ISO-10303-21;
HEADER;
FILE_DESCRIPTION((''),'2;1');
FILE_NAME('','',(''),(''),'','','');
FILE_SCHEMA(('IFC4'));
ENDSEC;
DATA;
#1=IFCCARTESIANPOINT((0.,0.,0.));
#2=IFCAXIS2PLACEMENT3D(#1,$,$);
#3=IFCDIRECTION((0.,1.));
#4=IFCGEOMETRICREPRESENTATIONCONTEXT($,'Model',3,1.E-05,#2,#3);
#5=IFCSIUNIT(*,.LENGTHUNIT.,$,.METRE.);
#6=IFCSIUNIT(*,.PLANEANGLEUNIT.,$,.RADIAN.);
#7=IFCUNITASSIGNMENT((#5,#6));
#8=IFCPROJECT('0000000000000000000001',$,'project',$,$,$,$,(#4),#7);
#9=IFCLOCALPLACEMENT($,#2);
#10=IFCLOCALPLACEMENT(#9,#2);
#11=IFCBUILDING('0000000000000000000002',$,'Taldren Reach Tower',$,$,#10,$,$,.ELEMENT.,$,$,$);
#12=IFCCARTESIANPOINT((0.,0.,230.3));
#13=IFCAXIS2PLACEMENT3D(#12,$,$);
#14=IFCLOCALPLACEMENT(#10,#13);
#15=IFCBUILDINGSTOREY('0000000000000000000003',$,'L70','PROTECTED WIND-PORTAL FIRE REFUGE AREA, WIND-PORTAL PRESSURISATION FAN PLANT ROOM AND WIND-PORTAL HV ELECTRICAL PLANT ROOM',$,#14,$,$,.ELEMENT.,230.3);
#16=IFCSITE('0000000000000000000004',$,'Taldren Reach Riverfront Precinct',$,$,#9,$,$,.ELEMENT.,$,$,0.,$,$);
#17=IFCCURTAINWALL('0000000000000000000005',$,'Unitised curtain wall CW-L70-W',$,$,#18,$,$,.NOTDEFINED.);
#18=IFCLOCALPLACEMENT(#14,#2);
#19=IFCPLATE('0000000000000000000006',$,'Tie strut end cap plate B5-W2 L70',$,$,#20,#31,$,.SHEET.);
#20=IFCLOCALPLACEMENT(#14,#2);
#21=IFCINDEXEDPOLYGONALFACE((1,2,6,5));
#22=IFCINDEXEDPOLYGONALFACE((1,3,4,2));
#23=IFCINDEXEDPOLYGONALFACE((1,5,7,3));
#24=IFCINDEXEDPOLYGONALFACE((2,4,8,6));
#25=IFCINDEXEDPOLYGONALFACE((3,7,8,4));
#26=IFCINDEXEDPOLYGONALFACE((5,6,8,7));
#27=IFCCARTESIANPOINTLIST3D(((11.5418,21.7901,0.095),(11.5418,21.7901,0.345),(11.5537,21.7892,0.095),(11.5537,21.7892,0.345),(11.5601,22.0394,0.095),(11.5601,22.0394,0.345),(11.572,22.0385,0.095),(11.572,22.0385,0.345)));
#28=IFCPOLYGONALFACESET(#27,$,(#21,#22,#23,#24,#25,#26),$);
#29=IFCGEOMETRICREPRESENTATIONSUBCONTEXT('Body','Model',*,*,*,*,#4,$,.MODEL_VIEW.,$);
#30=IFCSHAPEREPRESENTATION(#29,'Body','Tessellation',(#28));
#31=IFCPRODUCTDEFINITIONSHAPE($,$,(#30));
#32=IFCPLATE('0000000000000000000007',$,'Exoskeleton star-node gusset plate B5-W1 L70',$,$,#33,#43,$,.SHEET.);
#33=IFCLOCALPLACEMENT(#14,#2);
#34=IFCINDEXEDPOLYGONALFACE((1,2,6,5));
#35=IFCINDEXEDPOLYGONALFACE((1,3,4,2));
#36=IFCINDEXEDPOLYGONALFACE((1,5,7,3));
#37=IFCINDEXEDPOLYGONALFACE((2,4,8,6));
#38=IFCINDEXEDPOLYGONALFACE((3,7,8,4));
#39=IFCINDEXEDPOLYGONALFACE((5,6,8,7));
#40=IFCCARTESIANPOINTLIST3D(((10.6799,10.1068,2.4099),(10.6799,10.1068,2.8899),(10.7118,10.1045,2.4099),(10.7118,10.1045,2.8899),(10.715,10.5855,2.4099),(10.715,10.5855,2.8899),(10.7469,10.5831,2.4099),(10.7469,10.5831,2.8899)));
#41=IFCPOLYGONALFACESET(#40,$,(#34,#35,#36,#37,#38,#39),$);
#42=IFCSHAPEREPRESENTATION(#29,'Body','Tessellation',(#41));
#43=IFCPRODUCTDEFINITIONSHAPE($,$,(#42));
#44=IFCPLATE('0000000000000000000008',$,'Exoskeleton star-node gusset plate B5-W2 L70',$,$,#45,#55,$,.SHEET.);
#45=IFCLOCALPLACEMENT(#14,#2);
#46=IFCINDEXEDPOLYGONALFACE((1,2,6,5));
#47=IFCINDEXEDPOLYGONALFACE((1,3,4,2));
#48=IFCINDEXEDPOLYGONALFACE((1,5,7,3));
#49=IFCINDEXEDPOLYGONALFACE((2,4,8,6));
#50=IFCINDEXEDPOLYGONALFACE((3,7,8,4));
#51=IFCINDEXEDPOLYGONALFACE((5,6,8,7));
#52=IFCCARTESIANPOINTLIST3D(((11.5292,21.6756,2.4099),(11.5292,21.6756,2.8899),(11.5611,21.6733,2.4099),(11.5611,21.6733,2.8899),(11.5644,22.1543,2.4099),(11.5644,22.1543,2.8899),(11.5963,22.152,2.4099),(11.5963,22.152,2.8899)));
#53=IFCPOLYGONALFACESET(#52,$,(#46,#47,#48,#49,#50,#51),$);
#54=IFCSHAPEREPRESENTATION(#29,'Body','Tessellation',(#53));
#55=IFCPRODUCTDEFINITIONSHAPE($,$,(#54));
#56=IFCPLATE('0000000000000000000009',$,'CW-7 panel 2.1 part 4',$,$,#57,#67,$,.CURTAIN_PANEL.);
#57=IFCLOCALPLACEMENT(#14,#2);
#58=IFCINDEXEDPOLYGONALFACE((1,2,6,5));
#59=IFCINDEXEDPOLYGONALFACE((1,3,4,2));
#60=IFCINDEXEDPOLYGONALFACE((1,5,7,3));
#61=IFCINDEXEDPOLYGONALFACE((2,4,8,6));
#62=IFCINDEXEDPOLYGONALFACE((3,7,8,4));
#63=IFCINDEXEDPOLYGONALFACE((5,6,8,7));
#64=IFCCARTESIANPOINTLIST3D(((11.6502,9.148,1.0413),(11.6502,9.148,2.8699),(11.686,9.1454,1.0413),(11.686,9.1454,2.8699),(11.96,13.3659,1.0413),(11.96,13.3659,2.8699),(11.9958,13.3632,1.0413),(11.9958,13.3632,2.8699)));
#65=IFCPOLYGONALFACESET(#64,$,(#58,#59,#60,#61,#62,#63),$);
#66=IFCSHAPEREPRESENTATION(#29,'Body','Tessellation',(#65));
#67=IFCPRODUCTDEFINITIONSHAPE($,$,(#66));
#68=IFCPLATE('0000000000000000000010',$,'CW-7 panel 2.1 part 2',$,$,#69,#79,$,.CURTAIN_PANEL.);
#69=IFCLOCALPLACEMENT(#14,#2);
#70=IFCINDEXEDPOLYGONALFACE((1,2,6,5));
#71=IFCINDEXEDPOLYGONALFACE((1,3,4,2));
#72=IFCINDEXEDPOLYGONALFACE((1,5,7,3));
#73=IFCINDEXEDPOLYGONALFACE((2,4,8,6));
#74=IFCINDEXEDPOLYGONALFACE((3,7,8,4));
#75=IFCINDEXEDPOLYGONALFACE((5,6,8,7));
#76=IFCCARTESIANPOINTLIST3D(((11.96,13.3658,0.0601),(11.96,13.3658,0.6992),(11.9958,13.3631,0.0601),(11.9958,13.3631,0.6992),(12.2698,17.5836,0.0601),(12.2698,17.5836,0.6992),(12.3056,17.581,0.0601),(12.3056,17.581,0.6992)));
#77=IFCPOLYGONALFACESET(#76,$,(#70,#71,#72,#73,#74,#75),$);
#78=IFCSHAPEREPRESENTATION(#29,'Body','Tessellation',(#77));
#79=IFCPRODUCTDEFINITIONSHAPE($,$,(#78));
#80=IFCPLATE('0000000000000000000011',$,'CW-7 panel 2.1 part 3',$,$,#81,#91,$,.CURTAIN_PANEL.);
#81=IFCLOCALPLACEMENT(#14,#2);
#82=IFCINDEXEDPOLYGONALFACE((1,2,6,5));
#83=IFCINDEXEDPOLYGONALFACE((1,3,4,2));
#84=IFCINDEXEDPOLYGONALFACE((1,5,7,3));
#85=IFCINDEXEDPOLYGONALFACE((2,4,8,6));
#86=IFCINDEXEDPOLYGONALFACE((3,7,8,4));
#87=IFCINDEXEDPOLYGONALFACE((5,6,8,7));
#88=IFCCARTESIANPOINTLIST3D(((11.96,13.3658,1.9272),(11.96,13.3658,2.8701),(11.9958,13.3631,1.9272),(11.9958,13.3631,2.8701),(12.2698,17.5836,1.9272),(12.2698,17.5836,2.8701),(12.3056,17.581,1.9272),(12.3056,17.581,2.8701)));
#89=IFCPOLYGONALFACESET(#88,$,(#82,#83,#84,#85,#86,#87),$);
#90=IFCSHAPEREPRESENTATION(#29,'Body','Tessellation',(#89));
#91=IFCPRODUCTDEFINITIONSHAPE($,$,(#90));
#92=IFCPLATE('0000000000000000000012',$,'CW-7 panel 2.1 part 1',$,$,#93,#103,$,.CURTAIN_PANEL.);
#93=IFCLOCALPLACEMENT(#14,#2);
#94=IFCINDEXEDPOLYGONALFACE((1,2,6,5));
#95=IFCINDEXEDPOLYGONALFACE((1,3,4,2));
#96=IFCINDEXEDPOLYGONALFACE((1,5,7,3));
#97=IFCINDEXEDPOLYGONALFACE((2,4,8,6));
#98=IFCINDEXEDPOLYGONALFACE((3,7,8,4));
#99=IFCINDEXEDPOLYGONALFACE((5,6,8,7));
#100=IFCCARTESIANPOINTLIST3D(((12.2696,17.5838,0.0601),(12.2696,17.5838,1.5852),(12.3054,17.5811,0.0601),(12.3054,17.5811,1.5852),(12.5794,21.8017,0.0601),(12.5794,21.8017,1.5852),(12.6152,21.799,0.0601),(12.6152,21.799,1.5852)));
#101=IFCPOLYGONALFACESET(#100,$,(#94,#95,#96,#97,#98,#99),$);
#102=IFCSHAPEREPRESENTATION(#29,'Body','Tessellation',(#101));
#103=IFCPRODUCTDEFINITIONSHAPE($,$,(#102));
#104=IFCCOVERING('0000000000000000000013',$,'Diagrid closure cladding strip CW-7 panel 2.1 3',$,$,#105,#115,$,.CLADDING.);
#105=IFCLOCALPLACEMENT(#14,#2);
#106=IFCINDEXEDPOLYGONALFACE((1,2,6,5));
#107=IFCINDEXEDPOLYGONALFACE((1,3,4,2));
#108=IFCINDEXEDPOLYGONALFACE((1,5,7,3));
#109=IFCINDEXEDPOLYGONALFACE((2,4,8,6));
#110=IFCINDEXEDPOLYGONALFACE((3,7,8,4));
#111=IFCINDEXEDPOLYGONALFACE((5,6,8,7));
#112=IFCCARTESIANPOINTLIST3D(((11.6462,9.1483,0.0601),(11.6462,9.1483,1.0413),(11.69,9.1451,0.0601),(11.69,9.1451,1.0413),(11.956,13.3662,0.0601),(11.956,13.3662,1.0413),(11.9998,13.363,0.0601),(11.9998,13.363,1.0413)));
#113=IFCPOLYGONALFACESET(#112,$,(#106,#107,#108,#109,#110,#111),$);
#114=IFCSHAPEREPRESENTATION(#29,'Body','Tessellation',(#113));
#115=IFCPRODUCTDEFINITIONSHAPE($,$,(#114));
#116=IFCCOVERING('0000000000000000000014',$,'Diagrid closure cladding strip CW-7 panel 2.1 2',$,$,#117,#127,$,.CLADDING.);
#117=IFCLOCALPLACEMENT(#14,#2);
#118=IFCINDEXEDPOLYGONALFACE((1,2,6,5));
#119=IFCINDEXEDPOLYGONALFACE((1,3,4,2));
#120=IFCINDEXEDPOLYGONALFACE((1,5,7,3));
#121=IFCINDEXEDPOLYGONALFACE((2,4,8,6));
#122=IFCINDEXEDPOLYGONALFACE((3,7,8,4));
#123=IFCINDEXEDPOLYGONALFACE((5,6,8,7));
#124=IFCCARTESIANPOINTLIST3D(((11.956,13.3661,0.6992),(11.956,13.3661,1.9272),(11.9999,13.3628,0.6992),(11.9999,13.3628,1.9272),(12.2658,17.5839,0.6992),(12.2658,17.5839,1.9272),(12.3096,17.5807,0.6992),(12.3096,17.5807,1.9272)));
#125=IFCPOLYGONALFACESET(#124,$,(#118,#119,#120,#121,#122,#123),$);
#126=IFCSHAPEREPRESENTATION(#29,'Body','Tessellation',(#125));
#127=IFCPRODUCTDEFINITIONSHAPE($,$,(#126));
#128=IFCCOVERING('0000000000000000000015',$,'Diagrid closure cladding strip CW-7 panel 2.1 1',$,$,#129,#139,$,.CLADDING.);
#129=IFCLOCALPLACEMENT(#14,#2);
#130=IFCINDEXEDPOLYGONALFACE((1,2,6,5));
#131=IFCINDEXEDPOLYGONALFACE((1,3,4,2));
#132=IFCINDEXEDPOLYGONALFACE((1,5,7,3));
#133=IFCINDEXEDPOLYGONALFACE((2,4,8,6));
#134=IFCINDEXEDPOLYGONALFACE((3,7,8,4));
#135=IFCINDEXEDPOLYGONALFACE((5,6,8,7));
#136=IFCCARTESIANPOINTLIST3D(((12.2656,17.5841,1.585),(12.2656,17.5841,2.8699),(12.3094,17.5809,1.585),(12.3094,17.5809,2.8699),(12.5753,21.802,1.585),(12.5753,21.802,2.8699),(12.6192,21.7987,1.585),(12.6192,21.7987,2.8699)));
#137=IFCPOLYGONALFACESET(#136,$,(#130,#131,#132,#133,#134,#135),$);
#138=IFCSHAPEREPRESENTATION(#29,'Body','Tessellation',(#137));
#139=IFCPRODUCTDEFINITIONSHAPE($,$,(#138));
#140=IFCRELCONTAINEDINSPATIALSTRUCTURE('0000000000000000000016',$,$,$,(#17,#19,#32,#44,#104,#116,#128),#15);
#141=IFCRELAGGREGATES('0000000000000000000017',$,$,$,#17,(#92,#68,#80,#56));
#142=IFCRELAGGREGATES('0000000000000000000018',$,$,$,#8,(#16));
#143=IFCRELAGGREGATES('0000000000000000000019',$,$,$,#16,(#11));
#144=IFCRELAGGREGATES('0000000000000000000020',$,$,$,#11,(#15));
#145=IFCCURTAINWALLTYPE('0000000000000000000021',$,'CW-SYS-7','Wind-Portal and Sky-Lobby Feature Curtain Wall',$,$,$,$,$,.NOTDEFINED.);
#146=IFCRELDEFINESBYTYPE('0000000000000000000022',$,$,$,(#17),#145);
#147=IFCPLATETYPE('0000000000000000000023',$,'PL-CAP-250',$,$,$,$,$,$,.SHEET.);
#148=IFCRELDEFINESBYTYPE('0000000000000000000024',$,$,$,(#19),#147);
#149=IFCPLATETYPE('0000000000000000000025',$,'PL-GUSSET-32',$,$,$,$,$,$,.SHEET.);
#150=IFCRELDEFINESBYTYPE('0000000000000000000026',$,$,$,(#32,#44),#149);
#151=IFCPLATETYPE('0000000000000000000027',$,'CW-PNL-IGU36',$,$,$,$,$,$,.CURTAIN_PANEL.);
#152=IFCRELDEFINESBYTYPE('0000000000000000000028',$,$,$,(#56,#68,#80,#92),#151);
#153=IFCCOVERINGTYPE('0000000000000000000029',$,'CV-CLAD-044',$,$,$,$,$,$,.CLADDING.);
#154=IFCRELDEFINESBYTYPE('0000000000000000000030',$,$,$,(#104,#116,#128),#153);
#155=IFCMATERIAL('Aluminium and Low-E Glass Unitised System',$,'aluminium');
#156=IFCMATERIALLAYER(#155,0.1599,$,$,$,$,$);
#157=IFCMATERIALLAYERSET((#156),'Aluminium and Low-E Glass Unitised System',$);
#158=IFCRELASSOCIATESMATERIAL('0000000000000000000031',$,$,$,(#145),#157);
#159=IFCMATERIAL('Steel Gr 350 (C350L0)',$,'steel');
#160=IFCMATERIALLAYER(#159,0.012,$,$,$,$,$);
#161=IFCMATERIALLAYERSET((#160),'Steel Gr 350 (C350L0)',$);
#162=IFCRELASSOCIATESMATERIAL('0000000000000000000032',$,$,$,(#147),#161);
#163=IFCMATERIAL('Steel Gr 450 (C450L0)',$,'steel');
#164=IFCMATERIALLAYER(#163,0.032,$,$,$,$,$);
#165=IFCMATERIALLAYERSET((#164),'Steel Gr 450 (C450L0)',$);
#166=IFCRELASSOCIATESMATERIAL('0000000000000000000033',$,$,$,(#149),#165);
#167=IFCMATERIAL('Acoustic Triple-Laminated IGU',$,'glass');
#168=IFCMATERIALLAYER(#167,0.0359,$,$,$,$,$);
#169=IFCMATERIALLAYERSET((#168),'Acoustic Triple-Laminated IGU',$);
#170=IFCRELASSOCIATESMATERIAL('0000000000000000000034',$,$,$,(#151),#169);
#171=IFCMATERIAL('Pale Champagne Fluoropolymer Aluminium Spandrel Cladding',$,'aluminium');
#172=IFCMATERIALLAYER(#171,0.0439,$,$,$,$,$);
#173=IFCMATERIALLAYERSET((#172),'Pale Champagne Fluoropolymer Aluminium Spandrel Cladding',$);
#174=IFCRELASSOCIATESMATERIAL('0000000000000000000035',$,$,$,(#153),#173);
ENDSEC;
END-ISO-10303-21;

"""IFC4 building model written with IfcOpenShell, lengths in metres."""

from ifc_helpers import new_model, si_unit, direction, frame, origin, origin_2d, place, context, subcontext, project, spatial, rectangle, extrude, source, transform, mapped, material, layer, layer_set, type_object, element, aggregate, save


model = new_model("IFC4")

# Units and contexts
model_context = context("Model", 3, precision=1e-05, world=origin(), true_north=direction((0.0, 1.0)))
body_context = subcontext(model_context, "Body", "Model", "MODEL_VIEW")
ifc_project = project(units=[si_unit("LENGTHUNIT", "METRE"), si_unit("PLANEANGLEUNIT", "RADIAN")], contexts=[model_context])

# Site, building, storey
site_placement = place(None, origin())
site = spatial("IfcSite", under=ifc_project, at=site_placement, Name="Taldren Reach Riverfront Precinct", CompositionType="ELEMENT", RefElevation=0.0)
building_placement = place(site_placement, origin())
building = spatial("IfcBuilding", under=site, at=building_placement, Name="Taldren Reach Tower", CompositionType="ELEMENT")
storey_placement = place(building_placement, frame((0.0, 0.0, 230.3)))
storey = spatial("IfcBuildingStorey", under=building, at=storey_placement, Name="L70", Description="PROTECTED WIND-PORTAL FIRE REFUGE AREA, WIND-PORTAL PRESSURISATION FAN PLANT ROOM AND WIND-PORTAL HV ELECTRICAL PLANT ROOM", CompositionType="ELEMENT", Elevation=230.3)

# Shared definitions
ifc_material_1 = material(Name="Steel Gr 450 (C450L0)", Category="steel")

# Shared definitions
ifc_material_2 = material(Name="Steel Gr 350 (C350L0)", Category="steel")

# Curtain wall
ifc_material_3 = material(Name="Aluminium and Low-E Glass Unitised System", Category="aluminium")
ifc_layer_1 = layer(ifc_material_3, 0.1599)
ifc_layer_set_1 = layer_set([ifc_layer_1], Name="Aluminium and Low-E Glass Unitised System")
curtain_wall_type = type_object("IfcCurtainWallType", Name="CW-SYS-7", Description="Wind-Portal and Sky-Lobby Feature Curtain Wall", PredefinedType="NOTDEFINED", material=ifc_layer_set_1)
curtain_wall_placement = place(storey_placement, origin())
curtain_wall = element("IfcCurtainWall", 1, at=curtain_wall_placement, inside=storey, type_object=curtain_wall_type, Name="Unitised curtain wall CW-L70-W", PredefinedType="NOTDEFINED")

# Plates
ifc_layer_2 = layer(ifc_material_2, 0.012)
ifc_layer_set_2 = layer_set([ifc_layer_2], Name="Steel Gr 350 (C350L0)")
plate_type_1 = type_object("IfcPlateType", Name="PL-CAP-250", PredefinedType="SHEET", material=ifc_layer_set_2)
shared_shape_1 = source(origin(), body_context, "Body", "SweptSolid", [
    extrude(rectangle(XDim=0.012, YDim=0.25, at=origin_2d()), origin(), (0.0, 0.0, 1.0), 0.25),
])
plate_1_placement = place(storey_placement, frame((11.5569, 21.9143, 0.095), z_axis=(0.0, 0.0, 1.0), x_axis=(0.997314, -0.073238, 0.0)))
element("IfcPlate", 2, at=plate_1_placement, inside=storey, type_object=plate_type_1, Name="Tie strut end cap plate B5-W2 L70", PredefinedType="SHEET", context=body_context, shape_type="MappedRepresentation", body=[
    mapped(shared_shape_1, transform((0.0, 0.0, 0.0), scale=1.0)),
])
ifc_layer_3 = layer(ifc_material_1, 0.032)
ifc_layer_set_3 = layer_set([ifc_layer_3], Name="Steel Gr 450 (C450L0)")
plate_type_2 = type_object("IfcPlateType", Name="PL-GUSSET-32", PredefinedType="SHEET", material=ifc_layer_set_3)
shared_shape_2 = source(origin(), body_context, "Body", "SweptSolid", [
    extrude(rectangle(XDim=0.48, YDim=0.032, at=origin_2d()), origin(), (0.0, 0.0, 1.0), 0.48),
])
for number, where, z_axis, x_axis, name in (
    (3, (10.7134, 10.345, 2.4099), (0.0, 0.0, 1.0), (0.073238, 0.997314, 0.0), "Exoskeleton star-node gusset plate B5-W1 L70"),
    (4, (11.5627, 21.9138, 2.4099), (0.0, 0.0, 1.0), (0.073238, 0.997314, 0.0), "Exoskeleton star-node gusset plate B5-W2 L70"),
):
    element("IfcPlate", number, at=place(storey_placement, frame(where, z_axis=z_axis, x_axis=x_axis)), inside=storey, type_object=plate_type_2, Name=name, PredefinedType="SHEET", context=body_context, shape_type="MappedRepresentation", body=[
        mapped(shared_shape_2, transform((0.0, 0.0, 0.0), scale=1.0)),
    ])

# Plates
ifc_material_4 = material(Name="Acoustic Triple-Laminated IGU", Category="glass")
ifc_layer_4 = layer(ifc_material_4, 0.0359)
ifc_layer_set_4 = layer_set([ifc_layer_4], Name="Acoustic Triple-Laminated IGU")
plate_type_3 = type_object("IfcPlateType", Name="CW-PNL-IGU36", PredefinedType="CURTAIN_PANEL", material=ifc_layer_set_4)
shared_shape_3 = source(origin(), body_context, "Body", "SweptSolid", [
    extrude(rectangle(XDim=4.2292, YDim=0.0359, at=origin_2d()), origin(), (0.0, 0.0, 1.0), 1.8286),
])
plate_2_placement = place(storey_placement, frame((11.823, 11.2556, 1.0413), z_axis=(0.0, 0.0, 1.0), x_axis=(-0.073238, -0.997314, 0.0)))
plate_2 = element("IfcPlate", 5, at=plate_2_placement, type_object=plate_type_3, Name="CW-7 panel 2.1 part 4", PredefinedType="CURTAIN_PANEL", context=body_context, shape_type="MappedRepresentation", body=[
    mapped(shared_shape_3, transform((0.0, 0.0, 0.0), scale=1.0)),
])
shared_shape_4 = source(origin(), body_context, "Body", "SweptSolid", [
    extrude(rectangle(XDim=4.2292, YDim=0.0359, at=origin_2d()), origin(), (0.0, 0.0, 1.0), 0.6392),
])
plate_3_placement = place(storey_placement, frame((12.1328, 15.4734, 0.0601), z_axis=(0.0, 0.0, 1.0), x_axis=(-0.073238, -0.997314, 0.0)))
plate_3 = element("IfcPlate", 6, at=plate_3_placement, type_object=plate_type_3, Name="CW-7 panel 2.1 part 2", PredefinedType="CURTAIN_PANEL", context=body_context, shape_type="MappedRepresentation", body=[
    mapped(shared_shape_4, transform((0.0, 0.0, 0.0), scale=1.0)),
])
shared_shape_5 = source(origin(), body_context, "Body", "SweptSolid", [
    extrude(rectangle(XDim=4.2292, YDim=0.0359, at=origin_2d()), origin(), (0.0, 0.0, 1.0), 0.9429),
])
plate_4_placement = place(storey_placement, frame((12.1328, 15.4734, 1.9272), z_axis=(0.0, 0.0, 1.0), x_axis=(-0.073238, -0.997314, 0.0)))
plate_4 = element("IfcPlate", 7, at=plate_4_placement, type_object=plate_type_3, Name="CW-7 panel 2.1 part 3", PredefinedType="CURTAIN_PANEL", context=body_context, shape_type="MappedRepresentation", body=[
    mapped(shared_shape_5, transform((0.0, 0.0, 0.0), scale=1.0)),
])
shared_shape_6 = source(origin(), body_context, "Body", "SweptSolid", [
    extrude(rectangle(XDim=4.2292, YDim=0.0359, at=origin_2d()), origin(), (0.0, 0.0, 1.0), 1.5251),
])
plate_5_placement = place(storey_placement, frame((12.4424, 19.6914, 0.0601), z_axis=(0.0, 0.0, 1.0), x_axis=(-0.073238, -0.997314, 0.0)))
plate_5 = element("IfcPlate", 8, at=plate_5_placement, type_object=plate_type_3, Name="CW-7 panel 2.1 part 1", PredefinedType="CURTAIN_PANEL", context=body_context, shape_type="MappedRepresentation", body=[
    mapped(shared_shape_6, transform((0.0, 0.0, 0.0), scale=1.0)),
])
aggregate(curtain_wall, [plate_5, plate_3, plate_4, plate_2])

# Coverings
ifc_material_5 = material(Name="Pale Champagne Fluoropolymer Aluminium Spandrel Cladding", Category="aluminium")
ifc_layer_5 = layer(ifc_material_5, 0.0439)
ifc_layer_set_5 = layer_set([ifc_layer_5], Name="Pale Champagne Fluoropolymer Aluminium Spandrel Cladding")
covering_type = type_object("IfcCoveringType", Name="CV-CLAD-044", PredefinedType="CLADDING", material=ifc_layer_set_5)
shared_shape_7 = source(origin(), body_context, "Body", "SweptSolid", [
    extrude(rectangle(XDim=4.2292, YDim=0.0439, at=origin_2d()), origin(), (0.0, 0.0, 1.0), 0.9812),
])
covering_1_placement = place(storey_placement, frame((11.823, 11.2556, 0.0601), z_axis=(0.0, 0.0, 1.0), x_axis=(-0.073238, -0.997314, 0.0)))
element("IfcCovering", 9, at=covering_1_placement, inside=storey, type_object=covering_type, Name="Diagrid closure cladding strip CW-7 panel 2.1 3", PredefinedType="CLADDING", context=body_context, shape_type="MappedRepresentation", body=[
    mapped(shared_shape_7, transform((0.0, 0.0, 0.0), scale=1.0)),
])
shared_shape_8 = source(origin(), body_context, "Body", "SweptSolid", [
    extrude(rectangle(XDim=4.2292, YDim=0.0439, at=origin_2d()), origin(), (0.0, 0.0, 1.0), 1.228),
])
covering_2_placement = place(storey_placement, frame((12.1328, 15.4734, 0.6992), z_axis=(0.0, 0.0, 1.0), x_axis=(-0.073238, -0.997314, 0.0)))
element("IfcCovering", 10, at=covering_2_placement, inside=storey, type_object=covering_type, Name="Diagrid closure cladding strip CW-7 panel 2.1 2", PredefinedType="CLADDING", context=body_context, shape_type="MappedRepresentation", body=[
    mapped(shared_shape_8, transform((0.0, 0.0, 0.0), scale=1.0)),
])
shared_shape_9 = source(origin(), body_context, "Body", "SweptSolid", [
    extrude(rectangle(XDim=4.2292, YDim=0.0439, at=origin_2d()), origin(), (0.0, 0.0, 1.0), 1.2849),
])
covering_3_placement = place(storey_placement, frame((12.4424, 19.6914, 1.585), z_axis=(0.0, 0.0, 1.0), x_axis=(-0.073238, -0.997314, 0.0)))
element("IfcCovering", 11, at=covering_3_placement, inside=storey, type_object=covering_type, Name="Diagrid closure cladding strip CW-7 panel 2.1 1", PredefinedType="CLADDING", context=body_context, shape_type="MappedRepresentation", body=[
    mapped(shared_shape_9, transform((0.0, 0.0, 0.0), scale=1.0)),
])

save(model, "model.ifc")
